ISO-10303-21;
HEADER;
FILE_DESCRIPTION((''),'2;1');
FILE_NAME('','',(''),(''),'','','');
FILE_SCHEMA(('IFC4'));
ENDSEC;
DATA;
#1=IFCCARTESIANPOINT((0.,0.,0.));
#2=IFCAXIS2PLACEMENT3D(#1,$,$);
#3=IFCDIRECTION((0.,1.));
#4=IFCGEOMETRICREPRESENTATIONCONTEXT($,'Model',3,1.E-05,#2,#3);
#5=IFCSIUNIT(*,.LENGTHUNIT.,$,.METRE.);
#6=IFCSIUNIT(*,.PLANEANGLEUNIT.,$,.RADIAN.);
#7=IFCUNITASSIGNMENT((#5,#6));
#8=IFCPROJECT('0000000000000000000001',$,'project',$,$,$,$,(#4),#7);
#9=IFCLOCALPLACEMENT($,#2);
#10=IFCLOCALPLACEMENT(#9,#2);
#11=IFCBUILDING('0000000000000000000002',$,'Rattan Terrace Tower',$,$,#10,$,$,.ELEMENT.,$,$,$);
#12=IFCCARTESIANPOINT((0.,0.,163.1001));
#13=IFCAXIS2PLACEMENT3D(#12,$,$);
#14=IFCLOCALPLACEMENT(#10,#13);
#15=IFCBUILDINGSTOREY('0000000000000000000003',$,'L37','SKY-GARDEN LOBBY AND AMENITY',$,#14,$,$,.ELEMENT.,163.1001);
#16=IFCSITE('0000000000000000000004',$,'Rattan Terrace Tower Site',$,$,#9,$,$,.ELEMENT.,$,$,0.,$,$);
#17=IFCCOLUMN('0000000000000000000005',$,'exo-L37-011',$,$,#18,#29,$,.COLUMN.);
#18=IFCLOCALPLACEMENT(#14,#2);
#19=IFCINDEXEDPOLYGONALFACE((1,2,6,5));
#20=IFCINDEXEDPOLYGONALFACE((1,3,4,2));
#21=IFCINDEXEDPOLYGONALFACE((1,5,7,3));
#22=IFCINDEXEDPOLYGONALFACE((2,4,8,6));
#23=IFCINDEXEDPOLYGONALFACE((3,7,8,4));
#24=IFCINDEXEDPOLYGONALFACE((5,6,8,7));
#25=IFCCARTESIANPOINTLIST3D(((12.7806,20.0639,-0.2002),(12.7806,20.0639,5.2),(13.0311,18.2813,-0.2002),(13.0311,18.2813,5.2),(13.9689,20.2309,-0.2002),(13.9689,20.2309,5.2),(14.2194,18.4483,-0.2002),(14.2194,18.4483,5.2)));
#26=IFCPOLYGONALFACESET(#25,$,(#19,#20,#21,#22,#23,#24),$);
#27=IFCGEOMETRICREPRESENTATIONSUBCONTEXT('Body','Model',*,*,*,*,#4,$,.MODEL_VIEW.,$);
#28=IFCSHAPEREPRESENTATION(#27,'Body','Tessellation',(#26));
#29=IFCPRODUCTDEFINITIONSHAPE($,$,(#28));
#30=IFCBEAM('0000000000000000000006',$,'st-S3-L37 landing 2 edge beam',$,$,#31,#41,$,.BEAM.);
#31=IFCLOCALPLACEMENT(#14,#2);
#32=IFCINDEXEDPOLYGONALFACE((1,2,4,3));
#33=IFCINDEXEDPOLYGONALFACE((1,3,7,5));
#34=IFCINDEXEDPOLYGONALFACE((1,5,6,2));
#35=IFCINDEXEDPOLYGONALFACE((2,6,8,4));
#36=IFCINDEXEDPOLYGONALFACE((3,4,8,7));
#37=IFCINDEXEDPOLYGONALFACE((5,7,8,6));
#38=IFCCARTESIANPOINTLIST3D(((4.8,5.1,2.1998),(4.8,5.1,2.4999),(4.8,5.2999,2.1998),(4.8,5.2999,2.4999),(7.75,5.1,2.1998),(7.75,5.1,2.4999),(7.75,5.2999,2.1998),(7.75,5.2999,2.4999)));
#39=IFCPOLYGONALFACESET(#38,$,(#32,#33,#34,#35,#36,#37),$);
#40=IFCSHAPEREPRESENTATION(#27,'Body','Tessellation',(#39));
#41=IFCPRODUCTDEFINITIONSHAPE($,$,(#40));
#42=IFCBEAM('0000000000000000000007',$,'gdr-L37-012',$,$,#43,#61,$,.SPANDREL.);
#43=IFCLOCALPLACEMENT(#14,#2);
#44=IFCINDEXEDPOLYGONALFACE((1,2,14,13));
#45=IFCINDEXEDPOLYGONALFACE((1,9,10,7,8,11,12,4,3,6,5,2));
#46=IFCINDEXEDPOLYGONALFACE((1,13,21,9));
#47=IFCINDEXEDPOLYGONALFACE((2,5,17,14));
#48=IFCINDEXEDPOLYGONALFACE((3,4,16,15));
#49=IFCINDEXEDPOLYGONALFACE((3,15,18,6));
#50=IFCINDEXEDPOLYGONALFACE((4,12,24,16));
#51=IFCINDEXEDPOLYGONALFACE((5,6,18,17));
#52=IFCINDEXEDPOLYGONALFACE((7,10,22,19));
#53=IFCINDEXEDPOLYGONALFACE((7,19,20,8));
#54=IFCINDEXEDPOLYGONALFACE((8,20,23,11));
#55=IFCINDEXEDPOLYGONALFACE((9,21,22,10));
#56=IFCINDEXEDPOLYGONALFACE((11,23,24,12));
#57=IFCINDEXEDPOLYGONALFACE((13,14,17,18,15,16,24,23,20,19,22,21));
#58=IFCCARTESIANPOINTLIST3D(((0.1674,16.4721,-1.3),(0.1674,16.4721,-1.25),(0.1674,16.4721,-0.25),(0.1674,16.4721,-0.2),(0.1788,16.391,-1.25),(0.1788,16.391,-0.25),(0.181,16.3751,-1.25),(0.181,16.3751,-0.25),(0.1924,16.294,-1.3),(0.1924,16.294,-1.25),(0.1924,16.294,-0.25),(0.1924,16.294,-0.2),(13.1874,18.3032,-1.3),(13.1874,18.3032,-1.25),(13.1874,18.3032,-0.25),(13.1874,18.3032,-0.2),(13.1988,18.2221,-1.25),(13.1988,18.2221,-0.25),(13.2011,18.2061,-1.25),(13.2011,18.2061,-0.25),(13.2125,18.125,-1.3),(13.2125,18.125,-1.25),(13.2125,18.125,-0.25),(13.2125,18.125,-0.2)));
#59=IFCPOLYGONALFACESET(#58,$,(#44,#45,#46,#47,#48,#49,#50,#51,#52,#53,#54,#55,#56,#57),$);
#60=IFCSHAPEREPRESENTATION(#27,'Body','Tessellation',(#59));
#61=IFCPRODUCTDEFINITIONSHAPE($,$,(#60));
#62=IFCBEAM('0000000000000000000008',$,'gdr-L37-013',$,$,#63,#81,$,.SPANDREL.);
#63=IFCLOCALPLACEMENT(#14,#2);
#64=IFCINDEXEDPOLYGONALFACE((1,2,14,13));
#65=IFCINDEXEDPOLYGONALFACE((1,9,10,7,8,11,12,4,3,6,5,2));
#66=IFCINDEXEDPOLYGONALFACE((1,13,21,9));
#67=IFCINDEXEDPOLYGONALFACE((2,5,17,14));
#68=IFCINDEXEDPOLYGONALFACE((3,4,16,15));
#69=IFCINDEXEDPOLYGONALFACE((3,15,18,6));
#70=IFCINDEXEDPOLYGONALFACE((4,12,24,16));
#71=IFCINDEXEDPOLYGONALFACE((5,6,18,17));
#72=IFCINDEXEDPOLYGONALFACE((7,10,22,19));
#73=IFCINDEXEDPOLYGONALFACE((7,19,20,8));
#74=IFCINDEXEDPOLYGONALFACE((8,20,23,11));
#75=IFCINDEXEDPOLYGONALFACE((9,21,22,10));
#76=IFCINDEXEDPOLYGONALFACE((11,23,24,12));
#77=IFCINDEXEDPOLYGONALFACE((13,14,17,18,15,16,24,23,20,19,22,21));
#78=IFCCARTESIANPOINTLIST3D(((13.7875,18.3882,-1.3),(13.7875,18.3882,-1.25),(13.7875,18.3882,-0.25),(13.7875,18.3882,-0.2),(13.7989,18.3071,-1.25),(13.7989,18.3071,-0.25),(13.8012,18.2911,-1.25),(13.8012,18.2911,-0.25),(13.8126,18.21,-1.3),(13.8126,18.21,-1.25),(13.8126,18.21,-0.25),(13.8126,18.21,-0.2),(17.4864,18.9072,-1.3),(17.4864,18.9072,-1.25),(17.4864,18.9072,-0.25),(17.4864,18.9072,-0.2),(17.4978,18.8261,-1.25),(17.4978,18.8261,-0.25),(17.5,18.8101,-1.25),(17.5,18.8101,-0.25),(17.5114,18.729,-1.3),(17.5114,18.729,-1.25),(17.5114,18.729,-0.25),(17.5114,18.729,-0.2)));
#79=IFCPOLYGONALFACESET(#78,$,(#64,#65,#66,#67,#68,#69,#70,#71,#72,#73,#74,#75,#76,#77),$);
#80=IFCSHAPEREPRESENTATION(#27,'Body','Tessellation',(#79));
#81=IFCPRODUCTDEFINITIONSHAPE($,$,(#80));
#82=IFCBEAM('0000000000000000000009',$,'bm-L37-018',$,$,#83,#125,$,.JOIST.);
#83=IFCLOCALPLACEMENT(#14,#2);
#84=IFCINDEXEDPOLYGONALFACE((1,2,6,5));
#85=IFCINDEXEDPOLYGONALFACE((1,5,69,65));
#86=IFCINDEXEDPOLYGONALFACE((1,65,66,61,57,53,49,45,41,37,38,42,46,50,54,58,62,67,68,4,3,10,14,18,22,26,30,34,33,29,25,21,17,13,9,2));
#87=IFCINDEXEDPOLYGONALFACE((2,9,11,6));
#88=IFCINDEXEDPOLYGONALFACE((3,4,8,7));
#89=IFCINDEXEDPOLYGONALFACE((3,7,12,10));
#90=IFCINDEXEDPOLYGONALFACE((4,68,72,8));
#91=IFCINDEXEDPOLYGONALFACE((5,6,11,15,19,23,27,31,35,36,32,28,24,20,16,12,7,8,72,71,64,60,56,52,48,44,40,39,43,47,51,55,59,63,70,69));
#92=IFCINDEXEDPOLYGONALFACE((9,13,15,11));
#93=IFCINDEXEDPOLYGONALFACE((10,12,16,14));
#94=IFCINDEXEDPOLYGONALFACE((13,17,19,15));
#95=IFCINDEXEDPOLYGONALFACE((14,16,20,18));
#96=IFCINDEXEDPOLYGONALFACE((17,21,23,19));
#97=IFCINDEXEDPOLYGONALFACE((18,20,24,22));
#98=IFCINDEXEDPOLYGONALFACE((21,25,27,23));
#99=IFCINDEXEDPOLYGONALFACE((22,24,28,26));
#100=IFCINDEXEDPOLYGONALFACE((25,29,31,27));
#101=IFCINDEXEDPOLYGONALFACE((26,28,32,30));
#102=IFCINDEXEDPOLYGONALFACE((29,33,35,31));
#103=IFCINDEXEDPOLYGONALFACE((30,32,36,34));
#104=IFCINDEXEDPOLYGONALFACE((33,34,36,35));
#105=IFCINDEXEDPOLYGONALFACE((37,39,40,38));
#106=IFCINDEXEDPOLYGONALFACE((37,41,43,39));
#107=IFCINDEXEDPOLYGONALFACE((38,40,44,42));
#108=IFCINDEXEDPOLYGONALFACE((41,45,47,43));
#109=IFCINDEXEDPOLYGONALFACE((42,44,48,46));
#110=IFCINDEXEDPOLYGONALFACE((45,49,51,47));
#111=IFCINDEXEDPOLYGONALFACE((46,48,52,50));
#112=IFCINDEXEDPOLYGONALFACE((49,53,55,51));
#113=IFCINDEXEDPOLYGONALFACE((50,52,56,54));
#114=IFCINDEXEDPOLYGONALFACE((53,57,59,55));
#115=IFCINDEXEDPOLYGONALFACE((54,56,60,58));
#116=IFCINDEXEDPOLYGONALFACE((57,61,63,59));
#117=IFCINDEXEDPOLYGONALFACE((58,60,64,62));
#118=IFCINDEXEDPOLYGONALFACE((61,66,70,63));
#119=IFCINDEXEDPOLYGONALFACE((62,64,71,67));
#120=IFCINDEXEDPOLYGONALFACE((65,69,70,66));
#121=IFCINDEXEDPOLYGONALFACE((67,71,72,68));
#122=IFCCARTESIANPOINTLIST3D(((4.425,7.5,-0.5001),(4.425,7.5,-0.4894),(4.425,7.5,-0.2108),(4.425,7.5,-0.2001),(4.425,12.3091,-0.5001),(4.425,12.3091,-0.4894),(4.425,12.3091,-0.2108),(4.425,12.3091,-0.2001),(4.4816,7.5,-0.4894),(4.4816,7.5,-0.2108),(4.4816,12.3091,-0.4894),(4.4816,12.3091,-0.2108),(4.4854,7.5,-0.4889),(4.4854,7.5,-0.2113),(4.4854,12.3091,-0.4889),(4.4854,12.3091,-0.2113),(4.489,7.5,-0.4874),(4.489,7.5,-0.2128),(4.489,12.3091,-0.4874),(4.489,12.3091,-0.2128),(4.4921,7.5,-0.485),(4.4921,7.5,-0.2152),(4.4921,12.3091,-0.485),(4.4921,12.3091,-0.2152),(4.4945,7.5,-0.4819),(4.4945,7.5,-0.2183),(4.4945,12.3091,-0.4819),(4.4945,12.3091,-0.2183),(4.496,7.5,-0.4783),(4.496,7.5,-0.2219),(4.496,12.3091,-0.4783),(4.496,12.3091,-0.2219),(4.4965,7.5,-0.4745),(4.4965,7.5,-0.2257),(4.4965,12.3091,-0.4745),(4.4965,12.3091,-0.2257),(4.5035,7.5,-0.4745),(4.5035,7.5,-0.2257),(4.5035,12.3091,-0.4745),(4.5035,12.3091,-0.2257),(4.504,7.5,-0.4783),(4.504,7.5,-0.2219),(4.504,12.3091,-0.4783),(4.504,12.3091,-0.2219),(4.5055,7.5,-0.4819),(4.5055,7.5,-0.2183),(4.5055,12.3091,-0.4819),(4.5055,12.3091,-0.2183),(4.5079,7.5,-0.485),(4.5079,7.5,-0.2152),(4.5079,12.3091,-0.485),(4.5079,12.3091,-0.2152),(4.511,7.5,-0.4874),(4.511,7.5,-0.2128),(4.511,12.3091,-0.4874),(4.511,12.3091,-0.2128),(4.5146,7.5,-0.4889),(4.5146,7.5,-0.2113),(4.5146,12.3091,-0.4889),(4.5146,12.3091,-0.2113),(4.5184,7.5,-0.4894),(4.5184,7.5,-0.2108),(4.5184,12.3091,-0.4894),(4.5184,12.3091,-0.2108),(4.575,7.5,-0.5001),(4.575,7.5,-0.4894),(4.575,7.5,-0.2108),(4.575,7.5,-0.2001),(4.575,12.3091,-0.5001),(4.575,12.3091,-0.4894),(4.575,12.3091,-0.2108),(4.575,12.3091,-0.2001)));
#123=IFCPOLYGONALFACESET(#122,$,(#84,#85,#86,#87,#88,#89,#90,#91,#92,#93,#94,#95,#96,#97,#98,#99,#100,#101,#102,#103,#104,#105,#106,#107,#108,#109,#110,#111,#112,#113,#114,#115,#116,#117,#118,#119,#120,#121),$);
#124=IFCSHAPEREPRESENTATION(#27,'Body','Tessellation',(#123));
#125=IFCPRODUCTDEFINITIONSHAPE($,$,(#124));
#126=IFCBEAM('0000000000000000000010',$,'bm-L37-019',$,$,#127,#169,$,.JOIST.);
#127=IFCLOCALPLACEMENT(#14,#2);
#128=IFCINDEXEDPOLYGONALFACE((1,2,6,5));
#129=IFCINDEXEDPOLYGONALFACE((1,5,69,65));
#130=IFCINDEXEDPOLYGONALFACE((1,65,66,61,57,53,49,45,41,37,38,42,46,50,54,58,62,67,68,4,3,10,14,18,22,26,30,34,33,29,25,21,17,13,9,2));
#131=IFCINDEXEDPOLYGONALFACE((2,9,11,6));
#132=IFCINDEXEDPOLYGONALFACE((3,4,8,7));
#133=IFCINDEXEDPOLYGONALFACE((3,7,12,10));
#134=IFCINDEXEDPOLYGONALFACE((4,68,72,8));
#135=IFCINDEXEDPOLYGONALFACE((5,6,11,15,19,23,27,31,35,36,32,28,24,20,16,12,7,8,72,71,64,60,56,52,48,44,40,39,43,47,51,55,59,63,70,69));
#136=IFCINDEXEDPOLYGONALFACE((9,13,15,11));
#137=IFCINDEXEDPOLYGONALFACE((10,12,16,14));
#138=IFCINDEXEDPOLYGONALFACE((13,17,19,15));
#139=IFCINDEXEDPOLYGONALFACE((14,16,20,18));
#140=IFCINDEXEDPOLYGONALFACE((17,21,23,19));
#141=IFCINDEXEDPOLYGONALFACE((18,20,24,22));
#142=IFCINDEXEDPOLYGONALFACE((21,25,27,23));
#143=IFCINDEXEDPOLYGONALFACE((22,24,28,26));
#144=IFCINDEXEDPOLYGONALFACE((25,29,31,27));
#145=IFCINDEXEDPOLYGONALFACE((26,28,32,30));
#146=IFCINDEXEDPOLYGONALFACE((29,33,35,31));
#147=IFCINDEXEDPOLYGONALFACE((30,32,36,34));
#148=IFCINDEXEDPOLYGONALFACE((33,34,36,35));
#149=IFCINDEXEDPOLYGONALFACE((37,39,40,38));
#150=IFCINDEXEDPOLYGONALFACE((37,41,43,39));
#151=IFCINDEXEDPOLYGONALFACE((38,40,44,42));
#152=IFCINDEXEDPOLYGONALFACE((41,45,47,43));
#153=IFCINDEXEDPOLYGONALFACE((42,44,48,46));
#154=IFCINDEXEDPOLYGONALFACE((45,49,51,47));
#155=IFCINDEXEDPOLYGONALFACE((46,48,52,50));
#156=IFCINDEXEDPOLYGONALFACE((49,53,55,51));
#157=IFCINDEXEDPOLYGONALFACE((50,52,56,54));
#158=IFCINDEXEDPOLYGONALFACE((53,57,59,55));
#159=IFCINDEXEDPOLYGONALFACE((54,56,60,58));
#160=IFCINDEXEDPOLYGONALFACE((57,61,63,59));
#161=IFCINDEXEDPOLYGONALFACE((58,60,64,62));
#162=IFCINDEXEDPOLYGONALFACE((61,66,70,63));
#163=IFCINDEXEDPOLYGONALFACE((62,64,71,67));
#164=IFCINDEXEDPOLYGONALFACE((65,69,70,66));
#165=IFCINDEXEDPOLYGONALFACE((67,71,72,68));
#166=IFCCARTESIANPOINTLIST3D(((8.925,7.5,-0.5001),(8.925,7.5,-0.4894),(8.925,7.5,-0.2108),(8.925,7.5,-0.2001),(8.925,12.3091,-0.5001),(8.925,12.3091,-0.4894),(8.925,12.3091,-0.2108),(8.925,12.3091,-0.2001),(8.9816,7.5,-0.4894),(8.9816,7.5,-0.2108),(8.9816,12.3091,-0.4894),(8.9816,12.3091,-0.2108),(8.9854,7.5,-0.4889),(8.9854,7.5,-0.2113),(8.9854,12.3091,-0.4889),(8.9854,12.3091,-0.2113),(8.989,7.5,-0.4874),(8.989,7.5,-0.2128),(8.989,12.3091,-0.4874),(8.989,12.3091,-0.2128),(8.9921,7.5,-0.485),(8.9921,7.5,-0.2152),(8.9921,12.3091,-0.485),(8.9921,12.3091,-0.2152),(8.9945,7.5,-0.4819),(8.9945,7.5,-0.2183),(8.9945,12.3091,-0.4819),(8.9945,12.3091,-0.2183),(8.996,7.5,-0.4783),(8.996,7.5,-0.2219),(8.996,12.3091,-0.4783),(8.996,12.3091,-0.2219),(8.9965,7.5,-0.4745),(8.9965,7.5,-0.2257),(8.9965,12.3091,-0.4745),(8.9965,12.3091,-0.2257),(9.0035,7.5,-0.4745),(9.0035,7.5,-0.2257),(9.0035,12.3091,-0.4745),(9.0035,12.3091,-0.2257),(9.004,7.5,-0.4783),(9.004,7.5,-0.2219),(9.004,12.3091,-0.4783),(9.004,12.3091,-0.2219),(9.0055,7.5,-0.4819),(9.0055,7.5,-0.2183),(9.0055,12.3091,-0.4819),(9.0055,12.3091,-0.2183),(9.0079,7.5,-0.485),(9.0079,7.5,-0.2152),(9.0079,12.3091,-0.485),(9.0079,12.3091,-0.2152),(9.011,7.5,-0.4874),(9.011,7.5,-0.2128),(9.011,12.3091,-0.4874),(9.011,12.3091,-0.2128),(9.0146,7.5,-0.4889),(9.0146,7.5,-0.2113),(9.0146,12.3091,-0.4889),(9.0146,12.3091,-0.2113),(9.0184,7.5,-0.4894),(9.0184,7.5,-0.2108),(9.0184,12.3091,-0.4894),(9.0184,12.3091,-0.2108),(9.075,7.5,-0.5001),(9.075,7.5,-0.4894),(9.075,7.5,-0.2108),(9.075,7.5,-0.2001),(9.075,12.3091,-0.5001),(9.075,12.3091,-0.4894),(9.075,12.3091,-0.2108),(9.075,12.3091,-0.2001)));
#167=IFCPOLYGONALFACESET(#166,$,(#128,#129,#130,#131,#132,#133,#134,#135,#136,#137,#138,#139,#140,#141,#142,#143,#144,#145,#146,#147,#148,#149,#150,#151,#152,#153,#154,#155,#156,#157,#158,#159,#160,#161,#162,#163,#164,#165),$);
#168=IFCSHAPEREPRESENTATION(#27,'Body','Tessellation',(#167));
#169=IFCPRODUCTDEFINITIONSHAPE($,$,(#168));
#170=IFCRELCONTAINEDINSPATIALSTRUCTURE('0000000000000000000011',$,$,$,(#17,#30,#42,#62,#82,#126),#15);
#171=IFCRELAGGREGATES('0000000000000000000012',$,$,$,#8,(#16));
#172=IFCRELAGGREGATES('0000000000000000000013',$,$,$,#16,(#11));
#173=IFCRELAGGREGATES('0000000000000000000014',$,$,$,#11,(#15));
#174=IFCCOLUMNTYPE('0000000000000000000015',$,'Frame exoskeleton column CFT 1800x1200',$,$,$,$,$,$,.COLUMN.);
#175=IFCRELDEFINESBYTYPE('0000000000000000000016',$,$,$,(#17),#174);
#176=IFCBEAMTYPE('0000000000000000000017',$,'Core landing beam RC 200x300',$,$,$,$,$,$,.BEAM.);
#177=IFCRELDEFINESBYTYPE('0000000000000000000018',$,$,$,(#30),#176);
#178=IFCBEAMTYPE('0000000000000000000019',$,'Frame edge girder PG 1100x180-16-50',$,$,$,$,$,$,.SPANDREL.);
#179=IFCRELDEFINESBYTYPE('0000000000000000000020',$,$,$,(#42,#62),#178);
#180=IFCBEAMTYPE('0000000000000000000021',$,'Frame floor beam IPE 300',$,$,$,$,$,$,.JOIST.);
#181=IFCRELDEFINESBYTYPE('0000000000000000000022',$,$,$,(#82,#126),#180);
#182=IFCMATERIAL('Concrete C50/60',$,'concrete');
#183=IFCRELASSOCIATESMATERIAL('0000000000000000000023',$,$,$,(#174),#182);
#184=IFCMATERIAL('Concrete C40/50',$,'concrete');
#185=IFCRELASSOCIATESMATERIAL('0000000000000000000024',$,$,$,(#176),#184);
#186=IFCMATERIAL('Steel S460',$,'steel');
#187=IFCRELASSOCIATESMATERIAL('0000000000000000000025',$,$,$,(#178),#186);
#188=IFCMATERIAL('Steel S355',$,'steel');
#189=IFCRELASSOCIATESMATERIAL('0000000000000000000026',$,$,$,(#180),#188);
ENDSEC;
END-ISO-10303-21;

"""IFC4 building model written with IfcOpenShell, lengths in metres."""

from ifc_helpers import new_model, si_unit, direction, frame, origin, origin_2d, place, context, subcontext, project, spatial, rectangle, i_section, extrude, material, material_profile, profile_set, type_object, element, save


model = new_model("IFC4")

# Units and contexts
model_context = context("Model", 3, precision=1e-05, world=origin(), true_north=direction((0.0, 1.0)))
body_context = subcontext(model_context, "Body", "Model", "MODEL_VIEW")
ifc_project = project(units=[si_unit("LENGTHUNIT", "METRE"), si_unit("PLANEANGLEUNIT", "RADIAN")], contexts=[model_context])

# Site, building, storey
site_placement = place(None, origin())
site = spatial("IfcSite", under=ifc_project, at=site_placement, Name="Rattan Terrace Tower Site", CompositionType="ELEMENT", RefElevation=0.0)
building_placement = place(site_placement, origin())
building = spatial("IfcBuilding", under=site, at=building_placement, Name="Rattan Terrace Tower", CompositionType="ELEMENT")
storey_placement = place(building_placement, frame((0.0, 0.0, 163.1001)))
storey = spatial("IfcBuildingStorey", under=building, at=storey_placement, Name="L37", Description="SKY-GARDEN LOBBY AND AMENITY", CompositionType="ELEMENT", Elevation=163.1001)

# Column
ifc_material_1 = material(Name="Concrete C50/60", Category="concrete")
ifc_material_profile_1 = material_profile(ifc_material_1, rectangle(XDim=1.2, YDim=1.8, at=origin_2d()), Name="CFT 1800x1200")
ifc_profile_set_1 = profile_set([ifc_material_profile_1], Name="Concrete C50/60")
column_type = type_object("IfcColumnType", Name="Frame exoskeleton column CFT 1800x1200", PredefinedType="COLUMN", material=ifc_profile_set_1)
column_placement = place(storey_placement, frame((13.5, 19.2561, -0.2002), z_axis=(0.0, 0.0, 1.0), x_axis=(0.99027, 0.139156, 0.0)))
element("IfcColumn", 1, at=column_placement, inside=storey, type_object=column_type, Name="exo-L37-011", PredefinedType="COLUMN", context=body_context, shape_type="SweptSolid", body=[
    extrude(rectangle(XDim=1.2, YDim=1.8, at=origin_2d()), origin(), (0.0, 0.0, 1.0), 5.4001),
])

# Beams
ifc_material_2 = material(Name="Concrete C40/50", Category="concrete")
ifc_material_profile_2 = material_profile(ifc_material_2, rectangle(XDim=0.2, YDim=0.3, at=origin_2d()), Name="RC 200x300")
ifc_profile_set_2 = profile_set([ifc_material_profile_2], Name="Concrete C40/50")
beam_type_1 = type_object("IfcBeamType", Name="Core landing beam RC 200x300", PredefinedType="BEAM", material=ifc_profile_set_2)
beam_1_placement = place(storey_placement, frame((4.8, 5.2, 2.3499), z_axis=(1.0, 0.0, 0.0), x_axis=(0.0, 1.0, 0.0)))
element("IfcBeam", 2, at=beam_1_placement, inside=storey, type_object=beam_type_1, Name="st-S3-L37 landing 2 edge beam", PredefinedType="BEAM", context=body_context, shape_type="SweptSolid", body=[
    extrude(rectangle(XDim=0.2, YDim=0.3, at=origin_2d()), origin(), (0.0, 0.0, 1.0), 2.95),
])
ifc_material_3 = material(Name="Steel S460", Category="steel")
ifc_material_profile_3 = material_profile(ifc_material_3, i_section(OverallWidth=0.1799, OverallDepth=1.1001, WebThickness=0.0161, FlangeThickness=0.05, at=origin_2d()), Name="PG 1100x180-16-50")
ifc_profile_set_3 = profile_set([ifc_material_profile_3], Name="Steel S460")
beam_type_2 = type_object("IfcBeamType", Name="Frame edge girder PG 1100x180-16-50", PredefinedType="SPANDREL", material=ifc_profile_set_3)
beam_2_placement = place(storey_placement, frame((13.2, 18.2141, -0.75), z_axis=(-0.990255, -0.139263, 0.0), x_axis=(0.139263, -0.990255, 0.0)))
element("IfcBeam", 3, at=beam_2_placement, inside=storey, type_object=beam_type_2, Name="gdr-L37-012", PredefinedType="SPANDREL", context=body_context, shape_type="SweptSolid", body=[
    extrude(i_section(OverallWidth=0.1799, OverallDepth=1.1001, WebThickness=0.0161, FlangeThickness=0.05, at=origin_2d()), origin(), (0.0, 0.0, 1.0), 13.1482),
])
beam_3_placement = place(storey_placement, frame((13.8, 18.2991, -0.75), z_axis=(0.990298, 0.138959, 0.0), x_axis=(-0.138959, 0.990298, 0.0)))
element("IfcBeam", 4, at=beam_3_placement, inside=storey, type_object=beam_type_2, Name="gdr-L37-013", PredefinedType="SPANDREL", context=body_context, shape_type="SweptSolid", body=[
    extrude(i_section(OverallWidth=0.1799, OverallDepth=1.1001, WebThickness=0.0161, FlangeThickness=0.05, at=origin_2d()), origin(), (0.0, 0.0, 1.0), 3.7351),
])
ifc_material_4 = material(Name="Steel S355", Category="steel")
ifc_material_profile_4 = material_profile(ifc_material_4, i_section(OverallWidth=0.1499, OverallDepth=0.3, WebThickness=0.0071, FlangeThickness=0.0107, FilletRadius=0.0149, at=origin_2d()), Name="IPE 300")
ifc_profile_set_4 = profile_set([ifc_material_profile_4], Name="Steel S355")
beam_type_3 = type_object("IfcBeamType", Name="Frame floor beam IPE 300", PredefinedType="JOIST", material=ifc_profile_set_4)
for number, where, z_axis, x_axis, name in (
    (5, (4.5, 7.5, -0.3501), (0.0, 1.0, 0.0), (-1.0, 0.0, 0.0), "bm-L37-018"),
    (6, (9.0, 7.5, -0.3501), (0.0, 1.0, 0.0), (-1.0, 0.0, 0.0), "bm-L37-019"),
):
    element("IfcBeam", number, at=place(storey_placement, frame(where, z_axis=z_axis, x_axis=x_axis)), inside=storey, type_object=beam_type_3, Name=name, PredefinedType="JOIST", context=body_context, shape_type="SweptSolid", body=[
        extrude(i_section(OverallWidth=0.1499, OverallDepth=0.3, WebThickness=0.0071, FlangeThickness=0.0107, FilletRadius=0.0149, at=origin_2d()), origin(), (0.0, 0.0, 1.0), 4.8091),
    ])

save(model, "model.ifc")
